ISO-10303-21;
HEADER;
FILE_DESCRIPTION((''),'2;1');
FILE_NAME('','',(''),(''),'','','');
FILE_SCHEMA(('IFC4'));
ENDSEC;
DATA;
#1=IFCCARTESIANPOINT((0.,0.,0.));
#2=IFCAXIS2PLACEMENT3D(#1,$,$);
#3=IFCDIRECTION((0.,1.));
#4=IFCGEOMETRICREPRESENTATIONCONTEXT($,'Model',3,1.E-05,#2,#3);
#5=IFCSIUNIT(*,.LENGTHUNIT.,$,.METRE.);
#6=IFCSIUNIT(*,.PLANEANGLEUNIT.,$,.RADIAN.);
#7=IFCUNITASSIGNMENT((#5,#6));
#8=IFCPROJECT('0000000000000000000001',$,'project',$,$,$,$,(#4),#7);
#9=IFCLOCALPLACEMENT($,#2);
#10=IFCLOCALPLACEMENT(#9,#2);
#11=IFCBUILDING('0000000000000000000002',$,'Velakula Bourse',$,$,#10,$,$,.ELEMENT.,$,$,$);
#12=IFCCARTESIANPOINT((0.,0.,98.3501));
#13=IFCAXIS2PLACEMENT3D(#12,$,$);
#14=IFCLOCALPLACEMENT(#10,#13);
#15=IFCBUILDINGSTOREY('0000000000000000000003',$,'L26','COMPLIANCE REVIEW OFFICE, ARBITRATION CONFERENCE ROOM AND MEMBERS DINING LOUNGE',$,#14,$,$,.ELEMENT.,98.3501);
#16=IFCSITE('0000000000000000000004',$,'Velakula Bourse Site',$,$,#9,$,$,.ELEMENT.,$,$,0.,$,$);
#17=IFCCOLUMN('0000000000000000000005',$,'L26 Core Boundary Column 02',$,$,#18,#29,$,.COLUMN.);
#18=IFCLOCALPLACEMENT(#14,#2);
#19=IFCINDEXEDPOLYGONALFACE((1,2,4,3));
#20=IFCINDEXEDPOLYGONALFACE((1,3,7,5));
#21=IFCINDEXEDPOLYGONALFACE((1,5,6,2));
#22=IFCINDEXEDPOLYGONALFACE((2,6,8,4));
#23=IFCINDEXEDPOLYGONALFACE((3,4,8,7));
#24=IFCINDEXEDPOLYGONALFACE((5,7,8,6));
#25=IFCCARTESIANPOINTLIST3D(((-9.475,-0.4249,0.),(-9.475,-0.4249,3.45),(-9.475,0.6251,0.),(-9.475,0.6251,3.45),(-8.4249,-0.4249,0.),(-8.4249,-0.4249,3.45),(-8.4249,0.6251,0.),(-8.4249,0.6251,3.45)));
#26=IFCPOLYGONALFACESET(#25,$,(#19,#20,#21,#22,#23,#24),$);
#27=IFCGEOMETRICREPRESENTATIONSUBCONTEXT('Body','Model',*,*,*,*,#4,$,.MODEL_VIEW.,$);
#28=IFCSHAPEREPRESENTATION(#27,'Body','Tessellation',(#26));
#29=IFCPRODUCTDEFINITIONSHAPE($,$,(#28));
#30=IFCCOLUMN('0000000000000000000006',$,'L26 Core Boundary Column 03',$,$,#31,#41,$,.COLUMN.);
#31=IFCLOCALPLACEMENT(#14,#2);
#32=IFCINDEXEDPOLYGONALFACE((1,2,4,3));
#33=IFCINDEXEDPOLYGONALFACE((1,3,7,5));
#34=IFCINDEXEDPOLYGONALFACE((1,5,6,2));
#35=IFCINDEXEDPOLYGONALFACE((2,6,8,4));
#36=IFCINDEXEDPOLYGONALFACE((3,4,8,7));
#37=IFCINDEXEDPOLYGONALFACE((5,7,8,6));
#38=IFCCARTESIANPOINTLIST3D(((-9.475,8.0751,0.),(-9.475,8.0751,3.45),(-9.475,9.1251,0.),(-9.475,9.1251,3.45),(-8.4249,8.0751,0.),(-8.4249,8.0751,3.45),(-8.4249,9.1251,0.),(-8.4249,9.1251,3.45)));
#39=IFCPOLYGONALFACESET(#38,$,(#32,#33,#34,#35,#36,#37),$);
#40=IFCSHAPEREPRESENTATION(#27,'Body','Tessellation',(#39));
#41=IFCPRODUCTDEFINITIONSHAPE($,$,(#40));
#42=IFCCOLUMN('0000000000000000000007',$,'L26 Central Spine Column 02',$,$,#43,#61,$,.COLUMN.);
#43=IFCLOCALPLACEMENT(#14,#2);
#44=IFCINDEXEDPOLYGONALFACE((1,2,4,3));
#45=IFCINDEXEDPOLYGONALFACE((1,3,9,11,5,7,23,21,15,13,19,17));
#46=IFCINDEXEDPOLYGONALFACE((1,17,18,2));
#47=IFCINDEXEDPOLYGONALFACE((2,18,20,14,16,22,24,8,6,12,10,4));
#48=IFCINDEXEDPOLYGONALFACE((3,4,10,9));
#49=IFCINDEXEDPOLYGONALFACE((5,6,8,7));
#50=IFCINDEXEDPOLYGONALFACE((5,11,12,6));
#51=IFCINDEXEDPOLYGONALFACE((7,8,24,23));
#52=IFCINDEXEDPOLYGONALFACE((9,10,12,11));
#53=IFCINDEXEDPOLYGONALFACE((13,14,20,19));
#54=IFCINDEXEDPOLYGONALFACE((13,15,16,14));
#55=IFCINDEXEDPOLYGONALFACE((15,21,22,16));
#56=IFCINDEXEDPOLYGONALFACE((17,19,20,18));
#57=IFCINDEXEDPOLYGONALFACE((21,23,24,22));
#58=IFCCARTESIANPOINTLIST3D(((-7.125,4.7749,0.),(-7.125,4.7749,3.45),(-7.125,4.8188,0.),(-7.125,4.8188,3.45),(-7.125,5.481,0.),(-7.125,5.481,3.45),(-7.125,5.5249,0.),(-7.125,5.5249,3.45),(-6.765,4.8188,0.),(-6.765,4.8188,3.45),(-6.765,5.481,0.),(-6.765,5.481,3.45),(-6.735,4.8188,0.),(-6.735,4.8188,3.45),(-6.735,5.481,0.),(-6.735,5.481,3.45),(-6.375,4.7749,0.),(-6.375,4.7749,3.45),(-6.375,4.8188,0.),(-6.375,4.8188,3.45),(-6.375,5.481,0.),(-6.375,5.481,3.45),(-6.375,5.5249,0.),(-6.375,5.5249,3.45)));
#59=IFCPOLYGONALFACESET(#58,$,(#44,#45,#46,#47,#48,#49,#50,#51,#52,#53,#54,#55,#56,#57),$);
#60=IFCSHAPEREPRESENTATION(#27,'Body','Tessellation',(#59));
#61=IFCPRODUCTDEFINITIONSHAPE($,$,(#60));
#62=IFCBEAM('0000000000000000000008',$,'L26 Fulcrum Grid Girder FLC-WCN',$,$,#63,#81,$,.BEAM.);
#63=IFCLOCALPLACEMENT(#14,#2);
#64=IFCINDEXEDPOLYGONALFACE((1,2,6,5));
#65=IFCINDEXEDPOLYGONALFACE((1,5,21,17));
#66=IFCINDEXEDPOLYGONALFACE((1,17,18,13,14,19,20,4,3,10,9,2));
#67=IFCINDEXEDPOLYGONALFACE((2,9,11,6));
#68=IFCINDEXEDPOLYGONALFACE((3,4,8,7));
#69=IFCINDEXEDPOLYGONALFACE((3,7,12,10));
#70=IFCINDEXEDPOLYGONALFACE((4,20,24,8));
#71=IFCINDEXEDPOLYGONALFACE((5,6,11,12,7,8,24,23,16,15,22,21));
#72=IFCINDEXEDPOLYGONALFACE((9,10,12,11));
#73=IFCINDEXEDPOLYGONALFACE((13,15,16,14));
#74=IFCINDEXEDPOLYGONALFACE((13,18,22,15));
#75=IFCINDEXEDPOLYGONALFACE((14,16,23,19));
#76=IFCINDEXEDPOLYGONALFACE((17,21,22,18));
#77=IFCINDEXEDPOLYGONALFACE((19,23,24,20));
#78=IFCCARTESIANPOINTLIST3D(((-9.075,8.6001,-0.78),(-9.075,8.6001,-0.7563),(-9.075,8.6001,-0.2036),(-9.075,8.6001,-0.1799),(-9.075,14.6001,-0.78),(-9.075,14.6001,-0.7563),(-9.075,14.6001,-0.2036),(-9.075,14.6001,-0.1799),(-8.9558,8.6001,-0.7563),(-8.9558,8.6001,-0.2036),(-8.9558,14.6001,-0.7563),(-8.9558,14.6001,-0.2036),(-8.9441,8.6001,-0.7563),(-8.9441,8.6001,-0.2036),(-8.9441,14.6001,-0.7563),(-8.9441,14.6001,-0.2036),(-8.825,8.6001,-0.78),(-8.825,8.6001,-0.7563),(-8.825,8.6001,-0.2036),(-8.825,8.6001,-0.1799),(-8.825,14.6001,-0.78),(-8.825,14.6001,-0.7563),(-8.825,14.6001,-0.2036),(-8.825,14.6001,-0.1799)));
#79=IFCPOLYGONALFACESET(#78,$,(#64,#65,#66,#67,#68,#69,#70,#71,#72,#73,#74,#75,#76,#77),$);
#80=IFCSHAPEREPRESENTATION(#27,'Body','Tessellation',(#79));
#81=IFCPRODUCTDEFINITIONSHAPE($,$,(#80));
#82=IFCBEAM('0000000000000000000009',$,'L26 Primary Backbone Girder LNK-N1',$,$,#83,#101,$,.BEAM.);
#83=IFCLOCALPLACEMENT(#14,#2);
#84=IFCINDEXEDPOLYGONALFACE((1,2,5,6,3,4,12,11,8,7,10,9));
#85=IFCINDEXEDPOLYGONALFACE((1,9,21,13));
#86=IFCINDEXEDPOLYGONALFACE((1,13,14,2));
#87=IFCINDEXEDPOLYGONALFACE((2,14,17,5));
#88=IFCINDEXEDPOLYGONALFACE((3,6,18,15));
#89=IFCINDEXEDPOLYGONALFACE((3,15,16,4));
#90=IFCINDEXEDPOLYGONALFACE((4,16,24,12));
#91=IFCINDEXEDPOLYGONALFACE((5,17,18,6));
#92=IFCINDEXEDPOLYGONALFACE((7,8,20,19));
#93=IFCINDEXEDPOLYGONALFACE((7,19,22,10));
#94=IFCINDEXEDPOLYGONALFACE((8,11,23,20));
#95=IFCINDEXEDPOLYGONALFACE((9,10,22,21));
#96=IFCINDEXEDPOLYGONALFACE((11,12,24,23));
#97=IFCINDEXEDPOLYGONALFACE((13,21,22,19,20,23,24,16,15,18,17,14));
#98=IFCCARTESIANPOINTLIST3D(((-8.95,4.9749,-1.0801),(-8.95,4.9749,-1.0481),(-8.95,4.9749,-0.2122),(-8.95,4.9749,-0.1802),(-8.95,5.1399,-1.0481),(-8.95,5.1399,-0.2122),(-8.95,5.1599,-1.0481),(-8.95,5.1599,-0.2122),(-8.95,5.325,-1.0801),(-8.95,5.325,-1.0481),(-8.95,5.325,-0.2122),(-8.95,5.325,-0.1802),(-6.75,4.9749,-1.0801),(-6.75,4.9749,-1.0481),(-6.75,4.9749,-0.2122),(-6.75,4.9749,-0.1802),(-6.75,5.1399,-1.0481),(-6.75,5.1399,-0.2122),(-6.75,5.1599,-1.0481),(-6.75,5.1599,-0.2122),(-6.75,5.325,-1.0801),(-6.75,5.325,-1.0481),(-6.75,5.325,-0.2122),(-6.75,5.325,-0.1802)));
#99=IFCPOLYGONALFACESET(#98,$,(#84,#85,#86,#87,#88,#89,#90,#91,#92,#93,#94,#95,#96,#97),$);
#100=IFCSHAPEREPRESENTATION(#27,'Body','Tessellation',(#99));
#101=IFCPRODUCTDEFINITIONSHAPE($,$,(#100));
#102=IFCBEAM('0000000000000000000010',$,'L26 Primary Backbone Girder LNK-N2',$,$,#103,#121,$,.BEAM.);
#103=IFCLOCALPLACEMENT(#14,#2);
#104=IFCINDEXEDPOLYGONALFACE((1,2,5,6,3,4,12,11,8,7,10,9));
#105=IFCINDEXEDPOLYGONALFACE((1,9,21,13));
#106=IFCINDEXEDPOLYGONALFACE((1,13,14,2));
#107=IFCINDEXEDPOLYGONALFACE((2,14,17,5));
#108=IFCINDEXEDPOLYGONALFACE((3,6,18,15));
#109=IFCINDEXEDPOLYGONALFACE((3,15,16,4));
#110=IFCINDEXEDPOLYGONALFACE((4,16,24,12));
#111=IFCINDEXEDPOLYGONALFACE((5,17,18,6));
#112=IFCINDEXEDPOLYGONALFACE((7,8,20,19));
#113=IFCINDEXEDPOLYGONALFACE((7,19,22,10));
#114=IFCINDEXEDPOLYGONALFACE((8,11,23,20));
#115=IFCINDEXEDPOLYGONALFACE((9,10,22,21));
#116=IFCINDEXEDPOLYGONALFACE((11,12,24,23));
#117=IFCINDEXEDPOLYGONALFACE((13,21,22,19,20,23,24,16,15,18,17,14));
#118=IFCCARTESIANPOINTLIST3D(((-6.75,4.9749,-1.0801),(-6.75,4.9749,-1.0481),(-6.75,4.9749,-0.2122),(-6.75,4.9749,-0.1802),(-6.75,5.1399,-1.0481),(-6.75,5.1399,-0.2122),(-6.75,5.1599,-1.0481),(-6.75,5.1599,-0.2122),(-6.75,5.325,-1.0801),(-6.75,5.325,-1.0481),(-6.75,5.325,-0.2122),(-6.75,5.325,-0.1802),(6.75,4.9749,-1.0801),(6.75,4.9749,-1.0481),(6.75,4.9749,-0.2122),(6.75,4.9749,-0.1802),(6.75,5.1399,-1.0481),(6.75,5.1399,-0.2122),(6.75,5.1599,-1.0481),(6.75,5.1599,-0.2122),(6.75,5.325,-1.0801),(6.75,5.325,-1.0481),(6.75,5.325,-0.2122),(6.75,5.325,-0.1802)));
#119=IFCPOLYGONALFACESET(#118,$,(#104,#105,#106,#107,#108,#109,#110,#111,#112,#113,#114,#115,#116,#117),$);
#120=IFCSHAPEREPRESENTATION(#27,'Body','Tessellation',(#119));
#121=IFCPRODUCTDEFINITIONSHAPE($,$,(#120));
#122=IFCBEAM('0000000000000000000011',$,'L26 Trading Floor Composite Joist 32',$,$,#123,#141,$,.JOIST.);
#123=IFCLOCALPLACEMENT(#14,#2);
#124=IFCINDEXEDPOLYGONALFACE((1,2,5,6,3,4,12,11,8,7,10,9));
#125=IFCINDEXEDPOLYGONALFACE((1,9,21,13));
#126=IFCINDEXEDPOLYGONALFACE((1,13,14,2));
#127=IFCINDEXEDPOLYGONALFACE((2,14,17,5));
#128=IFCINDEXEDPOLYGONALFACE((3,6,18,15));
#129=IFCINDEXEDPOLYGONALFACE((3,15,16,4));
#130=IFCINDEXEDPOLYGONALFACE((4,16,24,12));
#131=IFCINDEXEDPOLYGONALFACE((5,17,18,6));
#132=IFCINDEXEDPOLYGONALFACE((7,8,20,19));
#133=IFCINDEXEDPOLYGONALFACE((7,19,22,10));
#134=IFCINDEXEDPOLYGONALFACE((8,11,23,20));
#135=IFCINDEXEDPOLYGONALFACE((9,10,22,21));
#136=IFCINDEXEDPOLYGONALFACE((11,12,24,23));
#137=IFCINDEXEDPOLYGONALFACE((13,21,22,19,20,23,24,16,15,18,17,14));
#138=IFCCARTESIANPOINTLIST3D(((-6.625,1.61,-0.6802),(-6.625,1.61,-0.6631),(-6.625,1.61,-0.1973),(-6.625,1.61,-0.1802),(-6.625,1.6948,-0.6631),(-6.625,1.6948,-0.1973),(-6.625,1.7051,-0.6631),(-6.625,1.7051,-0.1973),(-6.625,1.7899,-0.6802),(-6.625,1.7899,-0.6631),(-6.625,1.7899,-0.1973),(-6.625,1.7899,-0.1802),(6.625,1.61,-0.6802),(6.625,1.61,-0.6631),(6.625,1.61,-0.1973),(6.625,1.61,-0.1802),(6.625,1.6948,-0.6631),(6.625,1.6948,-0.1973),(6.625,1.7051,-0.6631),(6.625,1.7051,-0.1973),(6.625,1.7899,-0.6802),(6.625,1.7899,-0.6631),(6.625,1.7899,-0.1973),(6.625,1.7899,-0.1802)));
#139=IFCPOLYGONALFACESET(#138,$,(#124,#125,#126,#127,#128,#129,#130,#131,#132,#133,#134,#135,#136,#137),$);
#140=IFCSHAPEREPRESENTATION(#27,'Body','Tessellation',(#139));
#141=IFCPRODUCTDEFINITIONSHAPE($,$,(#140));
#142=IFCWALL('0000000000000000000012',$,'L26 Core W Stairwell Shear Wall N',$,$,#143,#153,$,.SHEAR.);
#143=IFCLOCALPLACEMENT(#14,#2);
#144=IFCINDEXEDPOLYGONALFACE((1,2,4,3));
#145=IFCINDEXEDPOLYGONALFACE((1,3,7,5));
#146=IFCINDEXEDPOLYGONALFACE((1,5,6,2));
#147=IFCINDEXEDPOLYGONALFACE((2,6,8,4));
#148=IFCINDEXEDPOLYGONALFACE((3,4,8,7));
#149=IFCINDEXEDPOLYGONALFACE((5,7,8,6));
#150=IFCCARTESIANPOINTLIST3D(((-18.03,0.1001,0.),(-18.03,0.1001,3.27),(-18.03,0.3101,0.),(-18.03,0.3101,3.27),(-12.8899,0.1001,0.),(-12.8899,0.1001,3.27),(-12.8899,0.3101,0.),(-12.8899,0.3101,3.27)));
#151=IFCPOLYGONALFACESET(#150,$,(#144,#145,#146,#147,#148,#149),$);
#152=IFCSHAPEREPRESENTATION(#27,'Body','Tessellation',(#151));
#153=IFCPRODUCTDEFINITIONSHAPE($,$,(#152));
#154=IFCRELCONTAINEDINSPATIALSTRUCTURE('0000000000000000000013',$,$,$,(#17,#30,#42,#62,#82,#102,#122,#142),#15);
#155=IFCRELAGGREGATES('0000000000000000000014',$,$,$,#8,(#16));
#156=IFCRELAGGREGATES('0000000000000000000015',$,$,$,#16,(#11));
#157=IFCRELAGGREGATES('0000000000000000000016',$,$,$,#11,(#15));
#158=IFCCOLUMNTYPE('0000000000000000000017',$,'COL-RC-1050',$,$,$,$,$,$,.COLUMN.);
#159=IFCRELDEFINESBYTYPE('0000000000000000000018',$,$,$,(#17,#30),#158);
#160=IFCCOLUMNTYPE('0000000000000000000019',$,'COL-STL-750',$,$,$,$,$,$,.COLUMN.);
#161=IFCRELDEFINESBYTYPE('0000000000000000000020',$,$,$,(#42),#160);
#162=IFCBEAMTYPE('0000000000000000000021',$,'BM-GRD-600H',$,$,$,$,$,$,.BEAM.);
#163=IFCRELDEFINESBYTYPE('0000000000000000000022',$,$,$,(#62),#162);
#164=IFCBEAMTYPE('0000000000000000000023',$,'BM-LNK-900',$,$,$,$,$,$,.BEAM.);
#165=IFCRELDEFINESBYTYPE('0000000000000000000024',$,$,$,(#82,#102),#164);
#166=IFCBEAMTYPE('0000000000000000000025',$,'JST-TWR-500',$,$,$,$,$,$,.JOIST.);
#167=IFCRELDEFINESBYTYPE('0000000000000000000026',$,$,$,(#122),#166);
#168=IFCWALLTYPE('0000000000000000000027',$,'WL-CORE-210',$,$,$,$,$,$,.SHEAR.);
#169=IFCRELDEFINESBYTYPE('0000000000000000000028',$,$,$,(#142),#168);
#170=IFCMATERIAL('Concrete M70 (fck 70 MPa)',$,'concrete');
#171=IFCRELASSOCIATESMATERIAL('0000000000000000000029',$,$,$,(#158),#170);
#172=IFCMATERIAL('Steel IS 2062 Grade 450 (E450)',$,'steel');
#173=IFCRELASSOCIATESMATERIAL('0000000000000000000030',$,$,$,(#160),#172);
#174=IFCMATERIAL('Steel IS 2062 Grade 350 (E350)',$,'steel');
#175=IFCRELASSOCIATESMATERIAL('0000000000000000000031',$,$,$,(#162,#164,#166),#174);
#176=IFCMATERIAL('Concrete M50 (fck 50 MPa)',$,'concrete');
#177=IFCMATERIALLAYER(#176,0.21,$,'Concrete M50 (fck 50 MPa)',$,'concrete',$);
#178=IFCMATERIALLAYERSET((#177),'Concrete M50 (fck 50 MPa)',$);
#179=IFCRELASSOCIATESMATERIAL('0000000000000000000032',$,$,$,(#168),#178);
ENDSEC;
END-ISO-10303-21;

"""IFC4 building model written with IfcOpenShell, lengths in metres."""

from ifc_helpers import new_model, si_unit, direction, frame, frame_2d, origin, origin_2d, place, context, subcontext, project, spatial, rectangle, i_section, extrude, material, layer, layer_set, material_profile, profile_set, type_object, element, save


model = new_model("IFC4")

# Units and contexts
model_context = context("Model", 3, precision=1e-05, world=origin(), true_north=direction((0.0, 1.0)))
body_context = subcontext(model_context, "Body", "Model", "MODEL_VIEW")
ifc_project = project(units=[si_unit("LENGTHUNIT", "METRE"), si_unit("PLANEANGLEUNIT", "RADIAN")], contexts=[model_context])

# Site, building, storey
site_placement = place(None, origin())
site = spatial("IfcSite", under=ifc_project, at=site_placement, Name="Velakula Bourse Site", CompositionType="ELEMENT", RefElevation=0.0)
building_placement = place(site_placement, origin())
building = spatial("IfcBuilding", under=site, at=building_placement, Name="Velakula Bourse", CompositionType="ELEMENT")
storey_placement = place(building_placement, frame((0.0, 0.0, 98.3501)))
storey = spatial("IfcBuildingStorey", under=building, at=storey_placement, Name="L26", Description="COMPLIANCE REVIEW OFFICE, ARBITRATION CONFERENCE ROOM AND MEMBERS DINING LOUNGE", CompositionType="ELEMENT", Elevation=98.3501)

# Columns
ifc_material_1 = material(Name="Concrete M70 (fck 70 MPa)", Category="concrete")
ifc_material_profile_1 = material_profile(ifc_material_1, rectangle(XDim=1.05, YDim=1.05, at=origin_2d()), Name="Concrete M70 (fck 70 MPa)")
ifc_profile_set_1 = profile_set([ifc_material_profile_1], Name="Concrete M70 (fck 70 MPa)")
column_type_1 = type_object("IfcColumnType", Name="COL-RC-1050", PredefinedType="COLUMN", material=ifc_profile_set_1)
for number, where, z_axis, x_axis, name in (
    (1, (-8.95, 0.1001, 0.0), (0.0, 0.0, 1.0), (1.0, 0.0, 0.0), "L26 Core Boundary Column 02"),
    (2, (-8.95, 8.6001, 0.0), (0.0, 0.0, 1.0), (1.0, 0.0, 0.0), "L26 Core Boundary Column 03"),
):
    element("IfcColumn", number, at=place(storey_placement, frame(where, z_axis=z_axis, x_axis=x_axis)), inside=storey, type_object=column_type_1, Name=name, PredefinedType="COLUMN", context=body_context, shape_type="SweptSolid", body=[
        extrude(rectangle(XDim=1.05, YDim=1.05, at=origin_2d()), origin(), (0.0, 0.0, 1.0), 3.45),
    ])
ifc_material_2 = material(Name="Steel IS 2062 Grade 450 (E450)", Category="steel")
ifc_material_profile_2 = material_profile(ifc_material_2, i_section(OverallWidth=0.75, OverallDepth=0.75, WebThickness=0.03, FlangeThickness=0.0439, at=origin_2d()), Name="Steel IS 2062 Grade 450 (E450)")
ifc_profile_set_2 = profile_set([ifc_material_profile_2], Name="Steel IS 2062 Grade 450 (E450)")
column_type_2 = type_object("IfcColumnType", Name="COL-STL-750", PredefinedType="COLUMN", material=ifc_profile_set_2)
column_placement = place(storey_placement, frame((-6.75, 5.1499, 0.0), z_axis=(0.0, 0.0, 1.0), x_axis=(1.0, 0.0, 0.0)))
element("IfcColumn", 3, at=column_placement, inside=storey, type_object=column_type_2, Name="L26 Central Spine Column 02", PredefinedType="COLUMN", context=body_context, shape_type="SweptSolid", body=[
    extrude(i_section(OverallWidth=0.75, OverallDepth=0.75, WebThickness=0.03, FlangeThickness=0.0439, at=origin_2d()), origin(), (0.0, 0.0, 1.0), 3.45),
])

# Beams
ifc_material_3 = material(Name="Steel IS 2062 Grade 350 (E350)", Category="steel")
ifc_material_profile_3 = material_profile(ifc_material_3, i_section(OverallWidth=0.25, OverallDepth=0.6001, WebThickness=0.0117, FlangeThickness=0.0237, at=origin_2d()), Name="Steel IS 2062 Grade 350 (E350)")
ifc_profile_set_3 = profile_set([ifc_material_profile_3], Name="Steel IS 2062 Grade 350 (E350)")
beam_type_1 = type_object("IfcBeamType", Name="BM-GRD-600H", PredefinedType="BEAM", material=ifc_profile_set_3)
beam_1_placement = place(storey_placement, frame((-8.95, 8.6001, -0.48), z_axis=(0.0, 1.0, 0.0), x_axis=(-1.0, 0.0, 0.0)))
element("IfcBeam", 4, at=beam_1_placement, inside=storey, type_object=beam_type_1, Name="L26 Fulcrum Grid Girder FLC-WCN", PredefinedType="BEAM", context=body_context, shape_type="SweptSolid", body=[
    extrude(i_section(OverallWidth=0.25, OverallDepth=0.6001, WebThickness=0.0117, FlangeThickness=0.0237, at=origin_2d()), origin(), (0.0, 0.0, 1.0), 6.0),
])
ifc_material_profile_4 = material_profile(ifc_material_3, i_section(OverallWidth=0.3501, OverallDepth=0.8999, WebThickness=0.02, FlangeThickness=0.032, at=origin_2d()), Name="Steel IS 2062 Grade 350 (E350)")
ifc_profile_set_4 = profile_set([ifc_material_profile_4], Name="Steel IS 2062 Grade 350 (E350)")
beam_type_2 = type_object("IfcBeamType", Name="BM-LNK-900", PredefinedType="BEAM", material=ifc_profile_set_4)
beam_2_placement = place(storey_placement, frame((-8.95, 5.1499, -0.6301), z_axis=(1.0, 0.0, 0.0), x_axis=(0.0, 1.0, 0.0)))
element("IfcBeam", 5, at=beam_2_placement, inside=storey, type_object=beam_type_2, Name="L26 Primary Backbone Girder LNK-N1", PredefinedType="BEAM", context=body_context, shape_type="SweptSolid", body=[
    extrude(i_section(OverallWidth=0.3501, OverallDepth=0.8999, WebThickness=0.02, FlangeThickness=0.032, at=origin_2d()), origin(), (0.0, 0.0, 1.0), 2.2),
])
beam_3_placement = place(storey_placement, frame((-6.75, 5.1499, -0.6301), z_axis=(1.0, 0.0, 0.0), x_axis=(0.0, 1.0, 0.0)))
element("IfcBeam", 6, at=beam_3_placement, inside=storey, type_object=beam_type_2, Name="L26 Primary Backbone Girder LNK-N2", PredefinedType="BEAM", context=body_context, shape_type="SweptSolid", body=[
    extrude(i_section(OverallWidth=0.3501, OverallDepth=0.8999, WebThickness=0.02, FlangeThickness=0.032, at=origin_2d()), origin(), (0.0, 0.0, 1.0), 13.5),
])
ifc_material_profile_5 = material_profile(ifc_material_3, i_section(OverallWidth=0.1799, OverallDepth=0.5, WebThickness=0.0103, FlangeThickness=0.0171, at=origin_2d()), Name="Steel IS 2062 Grade 350 (E350)")
ifc_profile_set_5 = profile_set([ifc_material_profile_5], Name="Steel IS 2062 Grade 350 (E350)")
beam_type_3 = type_object("IfcBeamType", Name="JST-TWR-500", PredefinedType="JOIST", material=ifc_profile_set_5)
beam_4_placement = place(storey_placement, frame((-6.625, 1.7, -0.4302), z_axis=(1.0, 0.0, 0.0), x_axis=(0.0, 1.0, 0.0)))
element("IfcBeam", 7, at=beam_4_placement, inside=storey, type_object=beam_type_3, Name="L26 Trading Floor Composite Joist 32", PredefinedType="JOIST", context=body_context, shape_type="SweptSolid", body=[
    extrude(i_section(OverallWidth=0.1799, OverallDepth=0.5, WebThickness=0.0103, FlangeThickness=0.0171, at=origin_2d()), origin(), (0.0, 0.0, 1.0), 13.25),
])

# Wall
ifc_material_4 = material(Name="Concrete M50 (fck 50 MPa)", Category="concrete")
ifc_layer_1 = layer(ifc_material_4, 0.21, Name="Concrete M50 (fck 50 MPa)", Category="concrete")
ifc_layer_set_1 = layer_set([ifc_layer_1], Name="Concrete M50 (fck 50 MPa)")
wall_type_1 = type_object("IfcWallType", Name="WL-CORE-210", PredefinedType="SHEAR", material=ifc_layer_set_1)
wall_1_placement = place(storey_placement, frame((-12.8899, 0.2051, 0.0), z_axis=(0.0, 0.0, 1.0), x_axis=(-1.0, 0.0, 0.0)))
element("IfcWall", 8, at=wall_1_placement, inside=storey, type_object=wall_type_1, Name="L26 Core W Stairwell Shear Wall N", PredefinedType="SHEAR", context=body_context, shape_type="SweptSolid", body=[
    extrude(rectangle(XDim=5.1401, YDim=0.21, at=frame_2d((2.5701, 0.0))), origin(), (0.0, 0.0, 1.0), 3.27),
])

save(model, "model.ifc")
